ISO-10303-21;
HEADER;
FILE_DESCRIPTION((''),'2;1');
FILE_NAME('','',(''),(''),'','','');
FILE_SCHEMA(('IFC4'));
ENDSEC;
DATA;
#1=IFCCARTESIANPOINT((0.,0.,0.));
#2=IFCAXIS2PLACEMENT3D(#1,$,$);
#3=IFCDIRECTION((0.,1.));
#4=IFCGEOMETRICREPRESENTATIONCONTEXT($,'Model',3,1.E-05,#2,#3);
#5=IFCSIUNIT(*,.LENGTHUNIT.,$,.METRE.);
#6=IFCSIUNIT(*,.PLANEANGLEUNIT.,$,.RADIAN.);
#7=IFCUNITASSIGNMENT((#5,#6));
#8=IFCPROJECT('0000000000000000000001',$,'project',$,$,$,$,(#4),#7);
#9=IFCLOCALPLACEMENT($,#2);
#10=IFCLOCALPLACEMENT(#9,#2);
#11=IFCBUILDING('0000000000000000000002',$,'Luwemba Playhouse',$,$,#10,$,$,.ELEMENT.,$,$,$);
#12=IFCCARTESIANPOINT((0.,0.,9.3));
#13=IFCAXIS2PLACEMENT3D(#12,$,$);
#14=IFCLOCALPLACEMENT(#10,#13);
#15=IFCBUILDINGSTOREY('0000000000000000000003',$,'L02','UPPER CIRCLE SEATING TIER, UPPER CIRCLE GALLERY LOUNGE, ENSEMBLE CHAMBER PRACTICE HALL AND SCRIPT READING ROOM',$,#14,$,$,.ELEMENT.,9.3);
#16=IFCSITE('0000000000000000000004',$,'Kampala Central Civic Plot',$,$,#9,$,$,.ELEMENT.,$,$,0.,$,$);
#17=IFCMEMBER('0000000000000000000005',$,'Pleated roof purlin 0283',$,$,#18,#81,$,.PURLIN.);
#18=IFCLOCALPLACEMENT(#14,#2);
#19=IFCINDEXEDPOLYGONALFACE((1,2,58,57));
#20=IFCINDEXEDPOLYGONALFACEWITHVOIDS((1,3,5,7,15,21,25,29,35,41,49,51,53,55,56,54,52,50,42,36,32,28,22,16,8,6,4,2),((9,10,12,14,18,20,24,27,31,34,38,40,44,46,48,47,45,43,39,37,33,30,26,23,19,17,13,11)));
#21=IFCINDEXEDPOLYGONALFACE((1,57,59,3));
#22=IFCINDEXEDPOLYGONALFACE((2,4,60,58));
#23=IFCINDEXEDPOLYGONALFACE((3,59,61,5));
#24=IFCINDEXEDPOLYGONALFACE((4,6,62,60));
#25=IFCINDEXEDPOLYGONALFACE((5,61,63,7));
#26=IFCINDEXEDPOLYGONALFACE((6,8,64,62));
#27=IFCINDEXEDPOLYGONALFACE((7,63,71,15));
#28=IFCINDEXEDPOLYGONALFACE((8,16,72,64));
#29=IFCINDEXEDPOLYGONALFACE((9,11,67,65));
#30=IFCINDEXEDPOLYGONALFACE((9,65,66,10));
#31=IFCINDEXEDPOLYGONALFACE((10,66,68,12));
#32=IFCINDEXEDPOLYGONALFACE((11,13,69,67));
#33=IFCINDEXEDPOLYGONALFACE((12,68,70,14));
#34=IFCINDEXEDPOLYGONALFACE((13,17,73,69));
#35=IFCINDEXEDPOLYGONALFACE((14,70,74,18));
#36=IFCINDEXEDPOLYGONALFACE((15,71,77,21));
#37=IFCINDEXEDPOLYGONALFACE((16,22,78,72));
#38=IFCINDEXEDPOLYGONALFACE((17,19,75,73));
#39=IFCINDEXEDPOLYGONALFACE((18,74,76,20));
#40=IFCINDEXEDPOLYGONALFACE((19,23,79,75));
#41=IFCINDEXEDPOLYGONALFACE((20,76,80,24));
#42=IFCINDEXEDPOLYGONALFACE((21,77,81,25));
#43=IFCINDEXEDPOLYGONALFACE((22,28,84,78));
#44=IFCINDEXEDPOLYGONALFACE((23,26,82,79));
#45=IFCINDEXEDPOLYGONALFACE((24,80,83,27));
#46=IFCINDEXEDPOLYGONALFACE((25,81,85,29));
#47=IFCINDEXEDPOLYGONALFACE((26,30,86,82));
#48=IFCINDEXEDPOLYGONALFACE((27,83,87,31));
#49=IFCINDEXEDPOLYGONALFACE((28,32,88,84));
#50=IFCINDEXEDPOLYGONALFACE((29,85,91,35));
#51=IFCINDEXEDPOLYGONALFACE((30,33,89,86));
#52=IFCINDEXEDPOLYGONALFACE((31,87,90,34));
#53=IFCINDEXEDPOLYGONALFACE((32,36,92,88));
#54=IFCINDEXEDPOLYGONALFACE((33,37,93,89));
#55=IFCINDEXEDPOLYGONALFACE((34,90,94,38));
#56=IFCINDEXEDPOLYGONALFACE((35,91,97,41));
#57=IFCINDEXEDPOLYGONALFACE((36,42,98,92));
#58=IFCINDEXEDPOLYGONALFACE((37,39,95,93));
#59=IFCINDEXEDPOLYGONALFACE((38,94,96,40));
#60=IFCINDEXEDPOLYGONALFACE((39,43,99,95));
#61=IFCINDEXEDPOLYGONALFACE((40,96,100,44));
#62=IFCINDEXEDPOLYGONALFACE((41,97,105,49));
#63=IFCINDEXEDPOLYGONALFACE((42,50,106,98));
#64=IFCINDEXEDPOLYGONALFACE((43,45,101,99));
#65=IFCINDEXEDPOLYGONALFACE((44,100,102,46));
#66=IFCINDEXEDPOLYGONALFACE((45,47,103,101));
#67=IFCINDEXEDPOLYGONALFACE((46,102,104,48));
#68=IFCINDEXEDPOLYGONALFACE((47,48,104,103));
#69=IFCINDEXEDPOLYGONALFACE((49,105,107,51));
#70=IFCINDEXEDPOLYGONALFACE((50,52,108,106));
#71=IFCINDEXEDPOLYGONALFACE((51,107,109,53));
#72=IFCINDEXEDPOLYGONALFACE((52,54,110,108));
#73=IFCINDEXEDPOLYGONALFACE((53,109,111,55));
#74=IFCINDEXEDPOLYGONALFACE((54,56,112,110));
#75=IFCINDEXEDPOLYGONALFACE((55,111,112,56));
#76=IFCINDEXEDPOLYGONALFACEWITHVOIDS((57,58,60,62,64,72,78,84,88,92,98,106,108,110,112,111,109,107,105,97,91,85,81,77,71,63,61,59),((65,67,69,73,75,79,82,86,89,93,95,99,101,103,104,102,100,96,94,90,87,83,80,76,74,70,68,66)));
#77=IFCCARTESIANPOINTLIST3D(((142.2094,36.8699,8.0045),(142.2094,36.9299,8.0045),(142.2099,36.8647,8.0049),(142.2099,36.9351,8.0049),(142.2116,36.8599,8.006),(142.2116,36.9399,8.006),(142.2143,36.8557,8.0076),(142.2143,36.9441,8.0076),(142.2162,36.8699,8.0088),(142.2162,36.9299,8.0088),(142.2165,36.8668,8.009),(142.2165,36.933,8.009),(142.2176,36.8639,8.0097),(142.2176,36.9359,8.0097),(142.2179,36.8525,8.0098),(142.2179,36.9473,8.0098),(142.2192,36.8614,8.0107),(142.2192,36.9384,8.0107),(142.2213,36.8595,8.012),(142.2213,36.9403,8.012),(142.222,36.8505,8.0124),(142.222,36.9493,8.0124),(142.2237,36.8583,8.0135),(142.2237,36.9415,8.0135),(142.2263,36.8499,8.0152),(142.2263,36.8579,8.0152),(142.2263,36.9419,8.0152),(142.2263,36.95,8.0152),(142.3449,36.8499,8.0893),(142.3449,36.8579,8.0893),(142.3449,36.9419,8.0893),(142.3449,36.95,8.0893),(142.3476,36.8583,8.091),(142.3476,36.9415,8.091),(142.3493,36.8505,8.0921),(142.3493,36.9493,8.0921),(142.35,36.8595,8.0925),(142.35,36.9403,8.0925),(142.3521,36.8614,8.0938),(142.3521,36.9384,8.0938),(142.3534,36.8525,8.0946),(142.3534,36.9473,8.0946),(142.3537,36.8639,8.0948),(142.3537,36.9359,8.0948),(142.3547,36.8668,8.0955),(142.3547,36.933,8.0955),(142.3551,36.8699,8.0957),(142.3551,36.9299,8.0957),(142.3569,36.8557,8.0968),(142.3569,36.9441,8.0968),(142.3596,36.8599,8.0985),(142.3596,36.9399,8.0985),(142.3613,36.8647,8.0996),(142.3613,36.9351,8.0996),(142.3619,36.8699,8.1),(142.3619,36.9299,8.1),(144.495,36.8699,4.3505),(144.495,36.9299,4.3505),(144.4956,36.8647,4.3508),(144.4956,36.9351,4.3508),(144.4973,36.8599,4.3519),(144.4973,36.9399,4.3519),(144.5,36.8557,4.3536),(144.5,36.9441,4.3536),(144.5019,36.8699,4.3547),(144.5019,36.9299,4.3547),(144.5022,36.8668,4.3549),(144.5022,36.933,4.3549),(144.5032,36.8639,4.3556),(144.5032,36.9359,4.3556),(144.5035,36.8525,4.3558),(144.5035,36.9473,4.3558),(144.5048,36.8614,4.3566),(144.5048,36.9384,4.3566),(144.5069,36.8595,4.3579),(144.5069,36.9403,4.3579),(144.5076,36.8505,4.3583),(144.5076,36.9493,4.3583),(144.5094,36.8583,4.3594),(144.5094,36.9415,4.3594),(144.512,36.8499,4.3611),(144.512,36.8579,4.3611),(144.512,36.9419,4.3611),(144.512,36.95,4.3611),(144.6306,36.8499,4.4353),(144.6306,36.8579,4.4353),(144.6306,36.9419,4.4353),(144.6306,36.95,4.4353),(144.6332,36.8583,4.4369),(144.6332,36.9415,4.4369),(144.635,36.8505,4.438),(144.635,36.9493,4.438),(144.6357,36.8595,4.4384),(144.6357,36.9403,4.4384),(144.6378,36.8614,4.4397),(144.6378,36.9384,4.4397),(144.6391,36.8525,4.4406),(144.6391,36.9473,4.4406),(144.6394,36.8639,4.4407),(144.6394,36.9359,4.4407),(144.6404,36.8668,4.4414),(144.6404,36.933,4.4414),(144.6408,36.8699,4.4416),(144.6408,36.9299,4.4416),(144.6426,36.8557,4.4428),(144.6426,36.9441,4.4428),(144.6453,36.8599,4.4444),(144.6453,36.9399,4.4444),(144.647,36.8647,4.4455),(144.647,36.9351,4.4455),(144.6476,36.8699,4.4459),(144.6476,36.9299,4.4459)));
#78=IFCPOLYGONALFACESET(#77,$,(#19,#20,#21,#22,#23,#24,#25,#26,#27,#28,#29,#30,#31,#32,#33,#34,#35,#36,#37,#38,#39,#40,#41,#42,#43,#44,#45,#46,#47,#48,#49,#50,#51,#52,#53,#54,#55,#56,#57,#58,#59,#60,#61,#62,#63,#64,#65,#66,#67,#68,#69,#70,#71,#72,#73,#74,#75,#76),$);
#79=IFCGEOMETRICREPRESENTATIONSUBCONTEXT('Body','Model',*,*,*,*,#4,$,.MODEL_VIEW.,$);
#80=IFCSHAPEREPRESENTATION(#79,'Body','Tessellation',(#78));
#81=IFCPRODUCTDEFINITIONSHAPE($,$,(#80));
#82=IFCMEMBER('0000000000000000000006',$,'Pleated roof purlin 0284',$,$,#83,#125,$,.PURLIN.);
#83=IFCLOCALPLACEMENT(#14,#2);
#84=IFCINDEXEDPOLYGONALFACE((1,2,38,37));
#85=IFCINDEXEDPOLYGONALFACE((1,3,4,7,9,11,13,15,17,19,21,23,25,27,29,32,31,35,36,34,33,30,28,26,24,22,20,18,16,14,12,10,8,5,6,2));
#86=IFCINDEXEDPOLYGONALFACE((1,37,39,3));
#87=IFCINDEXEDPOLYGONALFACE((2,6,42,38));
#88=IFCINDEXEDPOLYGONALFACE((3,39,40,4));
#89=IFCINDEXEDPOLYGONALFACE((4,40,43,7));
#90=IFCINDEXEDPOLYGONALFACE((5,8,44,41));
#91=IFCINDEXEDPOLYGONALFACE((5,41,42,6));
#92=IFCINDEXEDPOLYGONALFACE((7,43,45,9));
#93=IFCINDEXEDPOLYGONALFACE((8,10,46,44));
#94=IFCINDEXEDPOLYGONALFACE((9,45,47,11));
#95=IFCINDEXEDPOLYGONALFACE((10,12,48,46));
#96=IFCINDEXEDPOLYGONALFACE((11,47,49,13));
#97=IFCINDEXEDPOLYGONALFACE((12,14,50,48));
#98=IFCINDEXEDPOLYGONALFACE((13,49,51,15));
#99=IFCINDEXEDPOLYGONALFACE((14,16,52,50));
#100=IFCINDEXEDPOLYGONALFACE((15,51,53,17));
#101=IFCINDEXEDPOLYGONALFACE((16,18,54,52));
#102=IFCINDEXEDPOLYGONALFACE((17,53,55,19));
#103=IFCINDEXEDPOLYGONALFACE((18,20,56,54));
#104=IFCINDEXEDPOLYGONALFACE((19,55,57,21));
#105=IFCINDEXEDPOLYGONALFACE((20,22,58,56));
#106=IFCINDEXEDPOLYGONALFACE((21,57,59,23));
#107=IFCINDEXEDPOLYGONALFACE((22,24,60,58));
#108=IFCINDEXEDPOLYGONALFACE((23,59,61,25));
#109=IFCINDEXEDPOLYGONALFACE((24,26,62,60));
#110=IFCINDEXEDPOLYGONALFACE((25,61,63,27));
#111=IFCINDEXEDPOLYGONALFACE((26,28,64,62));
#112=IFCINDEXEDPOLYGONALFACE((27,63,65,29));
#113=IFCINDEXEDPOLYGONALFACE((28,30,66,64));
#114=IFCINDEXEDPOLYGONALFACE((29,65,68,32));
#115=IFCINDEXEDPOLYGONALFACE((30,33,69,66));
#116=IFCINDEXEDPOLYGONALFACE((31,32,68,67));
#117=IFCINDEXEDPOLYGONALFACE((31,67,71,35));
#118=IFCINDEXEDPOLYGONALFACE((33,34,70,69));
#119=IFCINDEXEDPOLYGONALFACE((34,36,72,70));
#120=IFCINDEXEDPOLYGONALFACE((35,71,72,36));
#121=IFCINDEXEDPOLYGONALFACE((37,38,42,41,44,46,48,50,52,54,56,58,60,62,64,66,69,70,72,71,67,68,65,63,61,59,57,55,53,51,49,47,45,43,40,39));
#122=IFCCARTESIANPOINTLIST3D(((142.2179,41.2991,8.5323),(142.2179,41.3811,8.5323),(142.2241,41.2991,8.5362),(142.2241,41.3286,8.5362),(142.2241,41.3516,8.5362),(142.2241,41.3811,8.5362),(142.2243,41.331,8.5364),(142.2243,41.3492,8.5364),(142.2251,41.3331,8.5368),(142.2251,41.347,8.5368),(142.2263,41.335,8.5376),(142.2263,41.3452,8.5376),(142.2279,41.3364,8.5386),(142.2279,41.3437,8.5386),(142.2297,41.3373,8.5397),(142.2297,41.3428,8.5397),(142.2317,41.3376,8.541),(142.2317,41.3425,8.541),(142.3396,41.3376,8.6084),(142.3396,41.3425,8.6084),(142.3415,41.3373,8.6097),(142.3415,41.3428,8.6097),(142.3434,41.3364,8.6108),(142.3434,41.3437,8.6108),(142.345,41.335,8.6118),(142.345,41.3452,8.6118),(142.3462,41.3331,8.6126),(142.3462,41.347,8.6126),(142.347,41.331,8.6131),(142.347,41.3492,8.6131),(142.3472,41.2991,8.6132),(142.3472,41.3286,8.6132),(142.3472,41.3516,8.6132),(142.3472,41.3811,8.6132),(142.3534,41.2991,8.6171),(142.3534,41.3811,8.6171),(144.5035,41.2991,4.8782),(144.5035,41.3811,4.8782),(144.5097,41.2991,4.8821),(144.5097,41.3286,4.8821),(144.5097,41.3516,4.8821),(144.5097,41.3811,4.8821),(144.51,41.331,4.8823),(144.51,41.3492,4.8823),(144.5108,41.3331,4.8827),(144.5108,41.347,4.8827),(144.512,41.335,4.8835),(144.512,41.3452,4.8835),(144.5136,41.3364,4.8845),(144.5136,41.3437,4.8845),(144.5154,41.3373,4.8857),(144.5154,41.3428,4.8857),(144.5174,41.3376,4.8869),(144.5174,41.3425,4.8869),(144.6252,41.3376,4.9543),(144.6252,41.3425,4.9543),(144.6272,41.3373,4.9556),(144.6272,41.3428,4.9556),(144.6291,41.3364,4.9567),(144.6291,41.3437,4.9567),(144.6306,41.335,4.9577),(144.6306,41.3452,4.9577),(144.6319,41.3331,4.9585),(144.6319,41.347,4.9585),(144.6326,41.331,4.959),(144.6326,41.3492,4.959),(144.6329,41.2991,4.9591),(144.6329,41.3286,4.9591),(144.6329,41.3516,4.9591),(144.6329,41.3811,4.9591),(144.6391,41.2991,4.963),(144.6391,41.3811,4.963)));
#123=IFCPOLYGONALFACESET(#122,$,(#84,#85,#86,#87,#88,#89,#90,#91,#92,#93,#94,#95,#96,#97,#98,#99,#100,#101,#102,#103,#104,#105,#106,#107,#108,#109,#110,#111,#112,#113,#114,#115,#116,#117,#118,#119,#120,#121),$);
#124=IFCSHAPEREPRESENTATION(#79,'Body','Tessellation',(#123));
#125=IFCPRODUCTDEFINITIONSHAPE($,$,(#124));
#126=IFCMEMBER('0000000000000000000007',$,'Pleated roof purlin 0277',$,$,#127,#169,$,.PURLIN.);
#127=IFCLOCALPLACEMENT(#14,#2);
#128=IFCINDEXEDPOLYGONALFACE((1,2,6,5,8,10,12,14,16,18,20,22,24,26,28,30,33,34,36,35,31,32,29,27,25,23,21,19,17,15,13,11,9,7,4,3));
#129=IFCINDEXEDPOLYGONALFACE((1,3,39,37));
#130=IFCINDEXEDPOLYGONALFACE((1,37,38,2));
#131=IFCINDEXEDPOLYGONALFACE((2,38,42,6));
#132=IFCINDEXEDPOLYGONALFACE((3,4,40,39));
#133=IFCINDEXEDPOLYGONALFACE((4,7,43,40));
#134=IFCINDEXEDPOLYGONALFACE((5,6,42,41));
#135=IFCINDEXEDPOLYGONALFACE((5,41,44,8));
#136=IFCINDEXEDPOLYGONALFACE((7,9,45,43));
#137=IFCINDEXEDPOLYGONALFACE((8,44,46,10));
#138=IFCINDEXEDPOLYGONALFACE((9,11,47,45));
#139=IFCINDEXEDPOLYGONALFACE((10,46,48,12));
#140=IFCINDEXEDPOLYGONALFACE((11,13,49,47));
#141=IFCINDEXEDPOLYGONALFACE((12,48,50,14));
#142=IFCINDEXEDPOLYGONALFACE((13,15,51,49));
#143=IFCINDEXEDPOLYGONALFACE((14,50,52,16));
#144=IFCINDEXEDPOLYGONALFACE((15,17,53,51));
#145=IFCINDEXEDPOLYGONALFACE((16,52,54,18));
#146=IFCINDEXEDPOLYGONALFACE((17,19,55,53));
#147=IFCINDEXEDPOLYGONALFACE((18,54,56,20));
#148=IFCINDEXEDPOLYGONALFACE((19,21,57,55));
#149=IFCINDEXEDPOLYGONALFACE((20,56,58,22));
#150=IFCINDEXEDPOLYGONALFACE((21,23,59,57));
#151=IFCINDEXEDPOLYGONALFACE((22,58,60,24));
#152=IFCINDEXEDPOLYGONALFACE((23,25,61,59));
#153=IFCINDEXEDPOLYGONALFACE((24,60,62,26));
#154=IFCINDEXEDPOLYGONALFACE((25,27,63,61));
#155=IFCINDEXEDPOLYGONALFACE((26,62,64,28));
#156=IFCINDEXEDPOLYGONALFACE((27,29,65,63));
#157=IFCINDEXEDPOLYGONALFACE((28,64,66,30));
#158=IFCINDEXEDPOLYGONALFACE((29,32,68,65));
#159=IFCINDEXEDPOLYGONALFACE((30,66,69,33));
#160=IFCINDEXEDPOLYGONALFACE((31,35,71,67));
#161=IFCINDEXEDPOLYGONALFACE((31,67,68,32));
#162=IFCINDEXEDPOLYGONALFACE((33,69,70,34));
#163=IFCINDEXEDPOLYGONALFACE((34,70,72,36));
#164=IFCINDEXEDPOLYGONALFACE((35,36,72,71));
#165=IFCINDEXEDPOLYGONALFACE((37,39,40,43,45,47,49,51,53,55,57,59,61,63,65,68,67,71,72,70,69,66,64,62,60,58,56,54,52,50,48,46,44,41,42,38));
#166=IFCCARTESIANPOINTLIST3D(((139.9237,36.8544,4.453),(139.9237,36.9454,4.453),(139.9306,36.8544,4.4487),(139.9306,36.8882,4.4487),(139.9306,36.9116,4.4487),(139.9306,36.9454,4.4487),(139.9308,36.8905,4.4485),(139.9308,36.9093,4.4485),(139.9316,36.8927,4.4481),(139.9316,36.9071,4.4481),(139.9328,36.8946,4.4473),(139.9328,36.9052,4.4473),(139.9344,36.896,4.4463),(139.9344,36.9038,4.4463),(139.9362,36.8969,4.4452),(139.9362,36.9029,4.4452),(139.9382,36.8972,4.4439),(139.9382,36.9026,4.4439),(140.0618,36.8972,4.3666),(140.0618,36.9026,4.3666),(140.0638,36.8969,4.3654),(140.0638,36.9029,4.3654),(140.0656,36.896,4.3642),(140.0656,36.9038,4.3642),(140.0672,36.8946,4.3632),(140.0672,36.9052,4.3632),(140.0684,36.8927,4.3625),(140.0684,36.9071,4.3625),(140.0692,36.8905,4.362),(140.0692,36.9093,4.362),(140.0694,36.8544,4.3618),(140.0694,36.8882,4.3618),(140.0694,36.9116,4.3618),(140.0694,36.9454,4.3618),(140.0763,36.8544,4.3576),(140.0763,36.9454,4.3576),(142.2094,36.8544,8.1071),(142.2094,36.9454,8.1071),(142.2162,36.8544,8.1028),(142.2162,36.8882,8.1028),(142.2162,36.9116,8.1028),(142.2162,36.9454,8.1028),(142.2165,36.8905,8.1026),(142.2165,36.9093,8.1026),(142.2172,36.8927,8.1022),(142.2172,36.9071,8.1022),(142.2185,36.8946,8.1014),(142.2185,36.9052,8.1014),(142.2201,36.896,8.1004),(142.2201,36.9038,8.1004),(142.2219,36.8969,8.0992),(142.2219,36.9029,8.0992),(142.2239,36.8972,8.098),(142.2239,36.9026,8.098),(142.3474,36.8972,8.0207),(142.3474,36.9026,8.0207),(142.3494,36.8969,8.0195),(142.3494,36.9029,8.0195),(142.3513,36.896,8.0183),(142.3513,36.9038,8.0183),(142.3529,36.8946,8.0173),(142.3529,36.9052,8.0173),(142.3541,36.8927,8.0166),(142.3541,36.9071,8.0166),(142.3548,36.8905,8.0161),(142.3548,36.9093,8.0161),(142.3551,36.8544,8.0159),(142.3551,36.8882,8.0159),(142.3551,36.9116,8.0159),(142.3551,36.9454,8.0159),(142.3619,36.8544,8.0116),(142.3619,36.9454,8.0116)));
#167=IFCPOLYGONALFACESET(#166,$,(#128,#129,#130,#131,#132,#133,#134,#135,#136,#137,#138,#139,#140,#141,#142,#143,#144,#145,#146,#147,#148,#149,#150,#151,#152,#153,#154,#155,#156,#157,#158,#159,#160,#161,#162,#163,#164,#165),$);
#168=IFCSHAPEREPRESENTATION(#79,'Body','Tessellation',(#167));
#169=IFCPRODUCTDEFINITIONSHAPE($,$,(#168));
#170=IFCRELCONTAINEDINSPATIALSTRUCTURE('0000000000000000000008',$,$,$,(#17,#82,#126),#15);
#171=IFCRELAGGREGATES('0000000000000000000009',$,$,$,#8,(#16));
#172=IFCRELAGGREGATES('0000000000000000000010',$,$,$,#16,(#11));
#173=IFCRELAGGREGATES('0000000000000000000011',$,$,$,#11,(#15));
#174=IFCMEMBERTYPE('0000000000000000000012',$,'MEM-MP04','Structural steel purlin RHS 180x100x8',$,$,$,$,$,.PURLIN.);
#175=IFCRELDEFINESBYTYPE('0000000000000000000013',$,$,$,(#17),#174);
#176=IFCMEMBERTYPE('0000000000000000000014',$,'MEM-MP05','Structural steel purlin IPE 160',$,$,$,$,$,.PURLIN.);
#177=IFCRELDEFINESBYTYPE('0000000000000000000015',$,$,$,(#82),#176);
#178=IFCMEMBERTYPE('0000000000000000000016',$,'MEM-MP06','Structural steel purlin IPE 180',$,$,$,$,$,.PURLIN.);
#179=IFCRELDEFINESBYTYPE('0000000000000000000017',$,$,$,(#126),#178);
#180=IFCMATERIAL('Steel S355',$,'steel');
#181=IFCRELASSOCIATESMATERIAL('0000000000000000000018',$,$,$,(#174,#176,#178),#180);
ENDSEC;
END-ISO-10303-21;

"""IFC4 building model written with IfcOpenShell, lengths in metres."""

from ifc_helpers import new_model, si_unit, direction, frame, origin, origin_2d, place, context, subcontext, project, spatial, hollow_rectangle, i_section, extrude, material, material_profile, profile_set, type_object, element, save


model = new_model("IFC4")

# Units and contexts
model_context = context("Model", 3, precision=1e-05, world=origin(), true_north=direction((0.0, 1.0)))
body_context = subcontext(model_context, "Body", "Model", "MODEL_VIEW")
ifc_project = project(units=[si_unit("LENGTHUNIT", "METRE"), si_unit("PLANEANGLEUNIT", "RADIAN")], contexts=[model_context])

# Site, building, storey
site_placement = place(None, origin())
site = spatial("IfcSite", under=ifc_project, at=site_placement, Name="Kampala Central Civic Plot", CompositionType="ELEMENT", RefElevation=0.0)
building_placement = place(site_placement, origin())
building = spatial("IfcBuilding", under=site, at=building_placement, Name="Luwemba Playhouse", CompositionType="ELEMENT")
storey_placement = place(building_placement, frame((0.0, 0.0, 9.3)))
storey = spatial("IfcBuildingStorey", under=building, at=storey_placement, Name="L02", Description="UPPER CIRCLE SEATING TIER, UPPER CIRCLE GALLERY LOUNGE, ENSEMBLE CHAMBER PRACTICE HALL AND SCRIPT READING ROOM", CompositionType="ELEMENT", Elevation=9.3)

# Shared definitions
ifc_material_1 = material(Name="Steel S355", Category="steel")

# Members
ifc_material_profile_1 = material_profile(ifc_material_1, hollow_rectangle(XDim=0.1001, YDim=0.1799, WallThickness=0.0081, InnerFilletRadius=0.012, OuterFilletRadius=0.02, at=origin_2d()))
ifc_profile_set_1 = profile_set([ifc_material_profile_1], Name="Steel S355")
member_type_1 = type_object("IfcMemberType", Name="MEM-MP04", Description="Structural steel purlin RHS 180x100x8", PredefinedType="PURLIN", material=ifc_profile_set_1)
member_1_placement = place(storey_placement, frame((142.2856, 36.8999, 8.0522), z_axis=(0.530309, 0.0, -0.847804), x_axis=(0.0, 1.0, 0.0)))
element("IfcMember", 1, at=member_1_placement, inside=storey, type_object=member_type_1, Name="Pleated roof purlin 0283", PredefinedType="PURLIN", context=body_context, shape_type="SweptSolid", body=[
    extrude(hollow_rectangle(XDim=0.1001, YDim=0.1799, WallThickness=0.0081, InnerFilletRadius=0.012, OuterFilletRadius=0.02, at=origin_2d()), origin(), (0.0, 0.0, 1.0), 4.3101),
])
ifc_material_profile_2 = material_profile(ifc_material_1, i_section(OverallWidth=0.082, OverallDepth=0.1599, WebThickness=0.0049, FlangeThickness=0.0073, FilletRadius=0.009, at=origin_2d()))
ifc_profile_set_2 = profile_set([ifc_material_profile_2], Name="Steel S355")
member_type_2 = type_object("IfcMemberType", Name="MEM-MP05", Description="Structural steel purlin IPE 160", PredefinedType="PURLIN", material=ifc_profile_set_2)
member_2_placement = place(storey_placement, frame((142.2856, 41.3401, 8.5747), z_axis=(0.530309, 0.0, -0.847804), x_axis=(0.0, 1.0, 0.0)))
element("IfcMember", 2, at=member_2_placement, inside=storey, type_object=member_type_2, Name="Pleated roof purlin 0284", PredefinedType="PURLIN", context=body_context, shape_type="SweptSolid", body=[
    extrude(i_section(OverallWidth=0.082, OverallDepth=0.1599, WebThickness=0.0049, FlangeThickness=0.0073, FilletRadius=0.009, at=origin_2d()), origin(), (0.0, 0.0, 1.0), 4.3101),
])
ifc_material_profile_3 = material_profile(ifc_material_1, i_section(OverallWidth=0.0911, OverallDepth=0.1799, WebThickness=0.0054, FlangeThickness=0.0081, FilletRadius=0.009, at=origin_2d()))
ifc_profile_set_3 = profile_set([ifc_material_profile_3], Name="Steel S355")
member_type_3 = type_object("IfcMemberType", Name="MEM-MP06", Description="Structural steel purlin IPE 180", PredefinedType="PURLIN", material=ifc_profile_set_3)
member_3_placement = place(storey_placement, frame((140.0, 36.8999, 4.4053), z_axis=(0.530309, 0.0, 0.847804), x_axis=(0.0, 1.0, 0.0)))
element("IfcMember", 3, at=member_3_placement, inside=storey, type_object=member_type_3, Name="Pleated roof purlin 0277", PredefinedType="PURLIN", context=body_context, shape_type="SweptSolid", body=[
    extrude(i_section(OverallWidth=0.0911, OverallDepth=0.1799, WebThickness=0.0054, FlangeThickness=0.0081, FilletRadius=0.009, at=origin_2d()), origin(), (0.0, 0.0, 1.0), 4.3101),
])

save(model, "model.ifc")
